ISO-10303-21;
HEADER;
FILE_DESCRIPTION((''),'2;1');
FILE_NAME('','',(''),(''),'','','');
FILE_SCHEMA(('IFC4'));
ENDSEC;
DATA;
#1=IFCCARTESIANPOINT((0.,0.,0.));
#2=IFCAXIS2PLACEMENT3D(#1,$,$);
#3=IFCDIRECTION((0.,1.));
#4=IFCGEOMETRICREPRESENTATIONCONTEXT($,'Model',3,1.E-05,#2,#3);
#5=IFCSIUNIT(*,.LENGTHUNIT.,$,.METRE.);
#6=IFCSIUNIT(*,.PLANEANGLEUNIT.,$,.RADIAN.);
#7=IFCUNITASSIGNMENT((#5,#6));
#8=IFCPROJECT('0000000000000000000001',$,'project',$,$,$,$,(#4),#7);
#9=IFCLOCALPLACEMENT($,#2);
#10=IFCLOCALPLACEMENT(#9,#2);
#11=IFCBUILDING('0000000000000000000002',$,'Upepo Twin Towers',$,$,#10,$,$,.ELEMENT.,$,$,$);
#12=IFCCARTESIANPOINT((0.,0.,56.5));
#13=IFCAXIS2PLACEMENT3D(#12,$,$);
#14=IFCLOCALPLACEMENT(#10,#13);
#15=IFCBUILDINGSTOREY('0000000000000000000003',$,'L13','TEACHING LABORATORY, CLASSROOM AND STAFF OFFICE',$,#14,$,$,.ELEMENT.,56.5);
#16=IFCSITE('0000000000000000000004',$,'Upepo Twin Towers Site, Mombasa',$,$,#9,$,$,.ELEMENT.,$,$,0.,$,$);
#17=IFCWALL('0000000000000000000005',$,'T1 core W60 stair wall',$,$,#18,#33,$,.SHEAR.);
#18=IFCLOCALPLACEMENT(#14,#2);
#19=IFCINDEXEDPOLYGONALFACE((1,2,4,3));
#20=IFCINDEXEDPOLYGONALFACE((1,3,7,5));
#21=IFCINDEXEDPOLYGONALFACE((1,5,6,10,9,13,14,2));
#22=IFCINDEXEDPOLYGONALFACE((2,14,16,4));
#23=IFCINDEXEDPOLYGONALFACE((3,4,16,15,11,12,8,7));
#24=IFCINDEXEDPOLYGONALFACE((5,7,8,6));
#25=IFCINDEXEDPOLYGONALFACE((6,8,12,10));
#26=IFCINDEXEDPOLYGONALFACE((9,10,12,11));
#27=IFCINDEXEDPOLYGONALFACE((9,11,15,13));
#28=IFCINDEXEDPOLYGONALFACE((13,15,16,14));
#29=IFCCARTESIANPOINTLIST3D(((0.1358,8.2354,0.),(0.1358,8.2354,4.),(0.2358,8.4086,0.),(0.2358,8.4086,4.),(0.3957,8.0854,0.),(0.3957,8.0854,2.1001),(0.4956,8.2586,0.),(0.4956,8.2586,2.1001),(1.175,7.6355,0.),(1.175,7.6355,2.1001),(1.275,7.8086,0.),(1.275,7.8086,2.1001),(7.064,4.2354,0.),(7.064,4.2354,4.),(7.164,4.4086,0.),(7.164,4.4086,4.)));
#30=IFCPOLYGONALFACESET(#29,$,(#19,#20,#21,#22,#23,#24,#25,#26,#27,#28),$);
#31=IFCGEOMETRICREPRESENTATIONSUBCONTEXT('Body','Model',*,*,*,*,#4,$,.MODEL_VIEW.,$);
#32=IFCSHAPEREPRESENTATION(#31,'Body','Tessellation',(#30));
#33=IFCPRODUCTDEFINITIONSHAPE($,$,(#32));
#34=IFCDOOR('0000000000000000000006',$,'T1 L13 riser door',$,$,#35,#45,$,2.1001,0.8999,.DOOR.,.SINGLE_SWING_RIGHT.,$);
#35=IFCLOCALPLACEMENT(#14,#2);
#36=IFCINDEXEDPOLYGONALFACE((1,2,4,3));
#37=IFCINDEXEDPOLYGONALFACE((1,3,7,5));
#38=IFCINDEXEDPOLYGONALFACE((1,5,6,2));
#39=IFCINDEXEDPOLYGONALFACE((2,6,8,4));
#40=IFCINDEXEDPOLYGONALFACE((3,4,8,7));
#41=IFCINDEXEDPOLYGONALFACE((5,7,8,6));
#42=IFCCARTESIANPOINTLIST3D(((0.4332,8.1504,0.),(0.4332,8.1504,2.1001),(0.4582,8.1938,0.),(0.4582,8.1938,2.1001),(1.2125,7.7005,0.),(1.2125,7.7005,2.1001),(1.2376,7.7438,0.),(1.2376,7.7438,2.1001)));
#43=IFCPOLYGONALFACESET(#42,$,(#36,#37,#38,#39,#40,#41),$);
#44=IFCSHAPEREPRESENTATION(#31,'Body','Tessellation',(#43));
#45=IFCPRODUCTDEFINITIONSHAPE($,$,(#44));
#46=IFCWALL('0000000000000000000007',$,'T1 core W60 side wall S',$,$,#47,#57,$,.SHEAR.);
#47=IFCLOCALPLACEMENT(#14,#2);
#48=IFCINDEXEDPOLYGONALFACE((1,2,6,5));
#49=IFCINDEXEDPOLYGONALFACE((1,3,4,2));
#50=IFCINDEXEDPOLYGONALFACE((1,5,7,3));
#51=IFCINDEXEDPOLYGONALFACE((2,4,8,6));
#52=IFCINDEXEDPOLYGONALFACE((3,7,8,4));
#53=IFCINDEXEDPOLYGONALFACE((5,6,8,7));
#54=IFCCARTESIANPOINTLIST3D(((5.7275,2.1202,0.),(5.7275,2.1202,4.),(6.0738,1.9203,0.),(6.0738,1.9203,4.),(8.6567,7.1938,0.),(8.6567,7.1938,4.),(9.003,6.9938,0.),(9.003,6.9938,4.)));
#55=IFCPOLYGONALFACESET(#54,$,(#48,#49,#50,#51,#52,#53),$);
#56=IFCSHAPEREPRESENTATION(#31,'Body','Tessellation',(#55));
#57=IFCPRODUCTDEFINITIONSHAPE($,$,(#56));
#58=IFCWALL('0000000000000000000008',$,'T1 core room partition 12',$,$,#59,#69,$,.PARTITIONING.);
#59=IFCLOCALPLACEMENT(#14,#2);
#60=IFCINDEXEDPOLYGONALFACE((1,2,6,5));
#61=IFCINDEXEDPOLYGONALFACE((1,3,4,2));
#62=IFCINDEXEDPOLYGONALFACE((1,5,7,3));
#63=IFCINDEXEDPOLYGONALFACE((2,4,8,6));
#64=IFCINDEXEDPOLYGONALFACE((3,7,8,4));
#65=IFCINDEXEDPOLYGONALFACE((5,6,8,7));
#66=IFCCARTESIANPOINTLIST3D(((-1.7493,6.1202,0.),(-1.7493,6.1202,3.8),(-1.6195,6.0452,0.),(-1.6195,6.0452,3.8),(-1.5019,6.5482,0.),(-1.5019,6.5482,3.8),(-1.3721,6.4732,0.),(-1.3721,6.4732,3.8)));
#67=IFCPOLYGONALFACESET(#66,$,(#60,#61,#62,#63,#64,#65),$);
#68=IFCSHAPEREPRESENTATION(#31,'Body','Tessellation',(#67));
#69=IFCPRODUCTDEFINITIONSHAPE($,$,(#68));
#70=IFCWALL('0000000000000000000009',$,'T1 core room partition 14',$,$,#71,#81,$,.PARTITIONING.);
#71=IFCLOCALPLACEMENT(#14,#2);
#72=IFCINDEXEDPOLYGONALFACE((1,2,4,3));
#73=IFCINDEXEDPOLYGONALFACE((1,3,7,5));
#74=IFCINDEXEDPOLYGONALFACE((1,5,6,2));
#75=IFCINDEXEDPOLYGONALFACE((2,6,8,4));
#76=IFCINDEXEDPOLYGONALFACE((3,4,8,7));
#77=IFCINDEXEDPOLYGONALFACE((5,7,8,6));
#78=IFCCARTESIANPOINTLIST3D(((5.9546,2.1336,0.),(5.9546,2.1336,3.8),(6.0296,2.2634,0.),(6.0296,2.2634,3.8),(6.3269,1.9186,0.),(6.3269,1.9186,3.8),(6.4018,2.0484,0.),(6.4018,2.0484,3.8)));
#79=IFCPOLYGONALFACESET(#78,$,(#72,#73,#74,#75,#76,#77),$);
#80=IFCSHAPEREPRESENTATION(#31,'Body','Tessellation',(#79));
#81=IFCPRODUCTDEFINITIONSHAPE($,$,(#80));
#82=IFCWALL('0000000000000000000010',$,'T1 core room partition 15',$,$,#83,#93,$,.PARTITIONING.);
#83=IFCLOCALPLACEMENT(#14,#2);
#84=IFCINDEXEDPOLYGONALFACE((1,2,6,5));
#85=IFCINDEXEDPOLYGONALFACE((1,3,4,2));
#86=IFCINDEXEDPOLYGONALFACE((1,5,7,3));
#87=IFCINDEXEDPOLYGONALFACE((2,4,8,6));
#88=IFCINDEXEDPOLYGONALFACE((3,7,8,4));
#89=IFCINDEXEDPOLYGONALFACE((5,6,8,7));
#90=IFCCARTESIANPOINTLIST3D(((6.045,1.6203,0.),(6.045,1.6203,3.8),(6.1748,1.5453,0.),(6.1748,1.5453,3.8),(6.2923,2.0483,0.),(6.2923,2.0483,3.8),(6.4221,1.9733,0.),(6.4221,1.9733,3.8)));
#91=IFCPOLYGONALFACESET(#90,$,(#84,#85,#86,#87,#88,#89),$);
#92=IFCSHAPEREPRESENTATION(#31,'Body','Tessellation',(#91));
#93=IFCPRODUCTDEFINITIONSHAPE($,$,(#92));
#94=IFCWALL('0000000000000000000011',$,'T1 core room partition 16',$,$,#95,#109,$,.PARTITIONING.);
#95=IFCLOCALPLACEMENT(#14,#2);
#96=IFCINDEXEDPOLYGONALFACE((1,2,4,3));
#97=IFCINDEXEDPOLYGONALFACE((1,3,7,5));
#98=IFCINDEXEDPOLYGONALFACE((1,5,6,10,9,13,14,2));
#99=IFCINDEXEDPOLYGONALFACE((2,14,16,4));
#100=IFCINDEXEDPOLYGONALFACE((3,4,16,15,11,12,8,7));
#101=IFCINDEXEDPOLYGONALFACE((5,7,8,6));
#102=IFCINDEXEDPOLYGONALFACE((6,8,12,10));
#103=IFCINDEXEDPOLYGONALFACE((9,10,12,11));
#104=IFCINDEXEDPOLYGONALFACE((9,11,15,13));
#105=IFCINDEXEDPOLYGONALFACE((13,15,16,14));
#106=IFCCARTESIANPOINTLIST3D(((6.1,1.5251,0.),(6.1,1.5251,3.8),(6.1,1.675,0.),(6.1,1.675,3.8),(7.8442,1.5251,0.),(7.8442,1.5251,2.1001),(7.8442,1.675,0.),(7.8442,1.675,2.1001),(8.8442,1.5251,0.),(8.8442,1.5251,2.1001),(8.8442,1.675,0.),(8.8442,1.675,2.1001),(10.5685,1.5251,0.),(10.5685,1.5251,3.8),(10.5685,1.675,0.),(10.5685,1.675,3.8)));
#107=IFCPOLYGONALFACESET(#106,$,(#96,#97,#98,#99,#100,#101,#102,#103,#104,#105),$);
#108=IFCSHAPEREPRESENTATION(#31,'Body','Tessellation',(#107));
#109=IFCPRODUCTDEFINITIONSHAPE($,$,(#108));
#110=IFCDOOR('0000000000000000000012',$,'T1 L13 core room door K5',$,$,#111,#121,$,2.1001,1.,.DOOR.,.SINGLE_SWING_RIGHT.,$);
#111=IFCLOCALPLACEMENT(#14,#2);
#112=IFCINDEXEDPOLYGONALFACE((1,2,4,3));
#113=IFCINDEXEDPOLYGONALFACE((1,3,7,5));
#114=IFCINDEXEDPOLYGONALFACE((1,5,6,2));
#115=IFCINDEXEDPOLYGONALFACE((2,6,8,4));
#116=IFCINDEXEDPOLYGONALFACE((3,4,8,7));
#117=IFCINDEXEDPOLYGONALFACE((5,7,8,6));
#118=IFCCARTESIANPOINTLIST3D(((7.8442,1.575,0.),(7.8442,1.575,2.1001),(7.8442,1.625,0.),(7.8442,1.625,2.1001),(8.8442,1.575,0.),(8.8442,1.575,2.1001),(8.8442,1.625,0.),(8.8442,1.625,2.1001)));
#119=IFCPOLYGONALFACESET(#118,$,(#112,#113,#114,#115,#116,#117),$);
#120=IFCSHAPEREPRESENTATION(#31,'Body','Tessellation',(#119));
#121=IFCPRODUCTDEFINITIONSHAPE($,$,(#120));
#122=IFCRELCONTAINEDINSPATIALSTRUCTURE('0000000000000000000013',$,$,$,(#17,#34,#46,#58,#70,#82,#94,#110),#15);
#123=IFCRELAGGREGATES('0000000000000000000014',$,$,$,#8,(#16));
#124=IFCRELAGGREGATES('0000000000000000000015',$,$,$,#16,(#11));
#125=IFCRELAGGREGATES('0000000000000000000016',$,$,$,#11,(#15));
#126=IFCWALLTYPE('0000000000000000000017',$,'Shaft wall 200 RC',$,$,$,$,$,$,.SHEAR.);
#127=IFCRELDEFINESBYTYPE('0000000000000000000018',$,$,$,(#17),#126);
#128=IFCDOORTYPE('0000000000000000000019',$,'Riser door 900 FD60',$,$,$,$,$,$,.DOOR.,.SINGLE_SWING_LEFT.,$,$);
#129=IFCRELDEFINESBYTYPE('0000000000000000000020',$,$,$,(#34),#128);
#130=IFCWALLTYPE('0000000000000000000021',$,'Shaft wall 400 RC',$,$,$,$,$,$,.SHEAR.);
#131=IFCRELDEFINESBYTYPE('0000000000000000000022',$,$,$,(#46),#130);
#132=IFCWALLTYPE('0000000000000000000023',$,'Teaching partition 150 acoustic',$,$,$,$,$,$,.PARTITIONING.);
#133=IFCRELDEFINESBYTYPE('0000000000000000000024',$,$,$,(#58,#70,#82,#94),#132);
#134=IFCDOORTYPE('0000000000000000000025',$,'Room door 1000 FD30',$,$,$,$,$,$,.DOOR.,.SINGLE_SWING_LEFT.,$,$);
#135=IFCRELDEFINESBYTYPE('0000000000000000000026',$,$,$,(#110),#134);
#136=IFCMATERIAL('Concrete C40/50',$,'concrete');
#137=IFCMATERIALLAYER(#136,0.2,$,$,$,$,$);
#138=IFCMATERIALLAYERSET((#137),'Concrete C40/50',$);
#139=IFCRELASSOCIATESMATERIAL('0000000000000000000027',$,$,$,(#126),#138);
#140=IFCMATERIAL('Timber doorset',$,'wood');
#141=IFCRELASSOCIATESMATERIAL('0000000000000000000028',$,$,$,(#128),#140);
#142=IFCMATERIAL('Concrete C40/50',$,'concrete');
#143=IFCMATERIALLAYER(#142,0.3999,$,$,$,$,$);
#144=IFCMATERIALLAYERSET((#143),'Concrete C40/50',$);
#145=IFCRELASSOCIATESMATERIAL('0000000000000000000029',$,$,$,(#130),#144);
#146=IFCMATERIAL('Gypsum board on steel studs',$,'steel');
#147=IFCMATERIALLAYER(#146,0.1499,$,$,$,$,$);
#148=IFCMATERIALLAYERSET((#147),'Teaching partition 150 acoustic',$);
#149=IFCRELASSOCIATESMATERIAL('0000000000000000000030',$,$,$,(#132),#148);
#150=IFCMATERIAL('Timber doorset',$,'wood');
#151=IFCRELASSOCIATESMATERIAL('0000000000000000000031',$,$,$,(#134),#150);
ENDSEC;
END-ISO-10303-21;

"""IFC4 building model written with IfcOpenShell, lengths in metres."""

from ifc_helpers import new_model, si_unit, direction, frame, frame_2d, origin, place, context, subcontext, project, spatial, rectangle, extrude, material, layer, layer_set, type_object, element, fill, save


model = new_model("IFC4")

# Units and contexts
model_context = context("Model", 3, precision=1e-05, world=origin(), true_north=direction((0.0, 1.0)))
body_context = subcontext(model_context, "Body", "Model", "MODEL_VIEW")
ifc_project = project(units=[si_unit("LENGTHUNIT", "METRE"), si_unit("PLANEANGLEUNIT", "RADIAN")], contexts=[model_context])

# Site, building, storey
site_placement = place(None, origin())
site = spatial("IfcSite", under=ifc_project, at=site_placement, Name="Upepo Twin Towers Site, Mombasa", CompositionType="ELEMENT", RefElevation=0.0)
building_placement = place(site_placement, origin())
building = spatial("IfcBuilding", under=site, at=building_placement, Name="Upepo Twin Towers", CompositionType="ELEMENT")
storey_placement = place(building_placement, frame((0.0, 0.0, 56.5)))
storey = spatial("IfcBuildingStorey", under=building, at=storey_placement, Name="L13", Description="TEACHING LABORATORY, CLASSROOM AND STAFF OFFICE", CompositionType="ELEMENT", Elevation=56.5)

# Shared definitions
ifc_material_1 = material(Name="Concrete C40/50", Category="concrete")
ifc_layer_1 = layer(ifc_material_1, 0.2)
ifc_layer_set_1 = layer_set([ifc_layer_1], Name="Concrete C40/50")
wall_type_1 = type_object("IfcWallType", Name="Shaft wall 200 RC", PredefinedType="SHEAR", material=ifc_layer_set_1)

# Wall, opening, door
wall_1_placement = place(storey_placement, frame((7.114, 4.322, 0.0), z_axis=(0.0, 0.0, 1.0), x_axis=(-0.866026, 0.499999, 0.0)))
wall_1 = element("IfcWall", 1, at=wall_1_placement, inside=storey, type_object=wall_type_1, Name="T1 core W60 stair wall", PredefinedType="SHEAR", context=body_context, shape_type="SweptSolid", body=[
    extrude(rectangle(XDim=8.0, YDim=0.2, at=frame_2d((4.0, 0.0))), origin(), (0.0, 0.0, 1.0), 4.0),
])
opening_1_placement = place(wall_1_placement, frame((6.8, 0.0, 0.0)))
opening_1 = element("IfcOpeningElement", 2, at=opening_1_placement, cuts=wall_1, PredefinedType="OPENING", context=body_context, shape_type="SweptSolid", body=[
    extrude(rectangle(XDim=0.8999, YDim=2.1001, at=frame_2d((0.45, 1.05))), frame((0.0, 0.1099, 0.0), z_axis=(0.0, -1.0, 0.0), x_axis=(1.0, 0.0, 0.0)), (0.0, 0.0, 1.0), 0.22),
])
ifc_material_2 = material(Name="Timber doorset", Category="wood")
door_type_1 = type_object("IfcDoorType", Name="Riser door 900 FD60", OperationType="SINGLE_SWING_LEFT", PredefinedType="DOOR", material=ifc_material_2)
door_1_placement = place(opening_1_placement, origin())
door_1 = element("IfcDoor", 3, at=door_1_placement, inside=storey, type_object=door_type_1, Name="T1 L13 riser door", OperationType="SINGLE_SWING_RIGHT", OverallHeight=2.1001, OverallWidth=0.8999, PredefinedType="DOOR", context=body_context, shape_type="SweptSolid", body=[
    extrude(rectangle(XDim=0.8999, YDim=2.1001, at=frame_2d((0.45, 1.05))), frame((0.0, 0.0249, 0.0), z_axis=(0.0, -1.0, 0.0), x_axis=(1.0, 0.0, 0.0)), (0.0, 0.0, 1.0), 0.05),
])
fill(opening_1, door_1)

# Walls
ifc_material_3 = material(Name="Concrete C40/50", Category="concrete")
ifc_layer_2 = layer(ifc_material_3, 0.3999)
ifc_layer_set_2 = layer_set([ifc_layer_2], Name="Concrete C40/50")
wall_type_2 = type_object("IfcWallType", Name="Shaft wall 400 RC", PredefinedType="SHEAR", material=ifc_layer_set_2)
wall_2_placement = place(storey_placement, frame((5.9006, 2.0203, 0.0), z_axis=(0.0, 0.0, 1.0), x_axis=(0.500003, 0.866024, 0.0)))
element("IfcWall", 4, at=wall_2_placement, inside=storey, type_object=wall_type_2, Name="T1 core W60 side wall S", PredefinedType="SHEAR", context=body_context, shape_type="SweptSolid", body=[
    extrude(rectangle(XDim=5.8584, YDim=0.3999, at=frame_2d((2.9292, 0.0))), origin(), (0.0, 0.0, 1.0), 4.0),
])
ifc_material_4 = material(Name="Gypsum board on steel studs", Category="steel")
ifc_layer_3 = layer(ifc_material_4, 0.1499)
ifc_layer_set_3 = layer_set([ifc_layer_3], Name="Teaching partition 150 acoustic")
wall_type_3 = type_object("IfcWallType", Name="Teaching partition 150 acoustic", PredefinedType="PARTITIONING", material=ifc_layer_set_3)
wall_3_placement = place(storey_placement, frame((-1.6843, 6.0828, 0.0), z_axis=(0.0, 0.0, 1.0), x_axis=(0.500335, 0.865832, 0.0)))
element("IfcWall", 5, at=wall_3_placement, inside=storey, type_object=wall_type_3, Name="T1 core room partition 12", PredefinedType="PARTITIONING", context=body_context, shape_type="SweptSolid", body=[
    extrude(rectangle(XDim=0.4944, YDim=0.1499, at=frame_2d((0.2471, 0.0))), origin(), (0.0, 0.0, 1.0), 3.8),
])
wall_4_placement = place(storey_placement, frame((5.9922, 2.1985, 0.0), z_axis=(0.0, 0.0, 1.0), x_axis=(0.865892, -0.50023, 0.0)))
element("IfcWall", 6, at=wall_4_placement, inside=storey, type_object=wall_type_3, Name="T1 core room partition 14", PredefinedType="PARTITIONING", context=body_context, shape_type="SweptSolid", body=[
    extrude(rectangle(XDim=0.4299, YDim=0.1499, at=frame_2d((0.2148, 0.0))), origin(), (0.0, 0.0, 1.0), 3.8),
])
wall_5_placement = place(storey_placement, frame((6.3572, 2.0107, 0.0), z_axis=(0.0, 0.0, 1.0), x_axis=(-0.500335, -0.865832, 0.0)))
element("IfcWall", 7, at=wall_5_placement, inside=storey, type_object=wall_type_3, Name="T1 core room partition 15", PredefinedType="PARTITIONING", context=body_context, shape_type="SweptSolid", body=[
    extrude(rectangle(XDim=0.4944, YDim=0.1499, at=frame_2d((0.2471, 0.0))), origin(), (0.0, 0.0, 1.0), 3.8),
])

# Wall, opening, door
wall_6_placement = place(storey_placement, frame((6.0999, 1.6001, 0.0), z_axis=(0.0, 0.0, 1.0), x_axis=(1.0, 0.0, 0.0)))
wall_6 = element("IfcWall", 8, at=wall_6_placement, inside=storey, type_object=wall_type_3, Name="T1 core room partition 16", PredefinedType="PARTITIONING", context=body_context, shape_type="SweptSolid", body=[
    extrude(rectangle(XDim=4.4685, YDim=0.1499, at=frame_2d((2.2344, 0.0))), origin(), (0.0, 0.0, 1.0), 3.8),
])
opening_2_placement = place(wall_6_placement, frame((1.7444, 0.0, 0.0)))
opening_2 = element("IfcOpeningElement", 9, at=opening_2_placement, cuts=wall_6, PredefinedType="OPENING", context=body_context, shape_type="SweptSolid", body=[
    extrude(rectangle(XDim=1.0, YDim=2.1001, at=frame_2d((0.5, 1.05))), frame((0.0, 0.085, 0.0), z_axis=(0.0, -1.0, 0.0), x_axis=(1.0, 0.0, 0.0)), (0.0, 0.0, 1.0), 0.1699),
])
ifc_material_5 = material(Name="Timber doorset", Category="wood")
door_type_2 = type_object("IfcDoorType", Name="Room door 1000 FD30", OperationType="SINGLE_SWING_LEFT", PredefinedType="DOOR", material=ifc_material_5)
door_2_placement = place(opening_2_placement, origin())
door_2 = element("IfcDoor", 10, at=door_2_placement, inside=storey, type_object=door_type_2, Name="T1 L13 core room door K5", OperationType="SINGLE_SWING_RIGHT", OverallHeight=2.1001, OverallWidth=1.0, PredefinedType="DOOR", context=body_context, shape_type="SweptSolid", body=[
    extrude(rectangle(XDim=1.0, YDim=2.1001, at=frame_2d((0.5, 1.05))), frame((0.0, 0.0249, 0.0), z_axis=(0.0, -1.0, 0.0), x_axis=(1.0, 0.0, 0.0)), (0.0, 0.0, 1.0), 0.05),
])
fill(opening_2, door_2)

save(model, "model.ifc")
